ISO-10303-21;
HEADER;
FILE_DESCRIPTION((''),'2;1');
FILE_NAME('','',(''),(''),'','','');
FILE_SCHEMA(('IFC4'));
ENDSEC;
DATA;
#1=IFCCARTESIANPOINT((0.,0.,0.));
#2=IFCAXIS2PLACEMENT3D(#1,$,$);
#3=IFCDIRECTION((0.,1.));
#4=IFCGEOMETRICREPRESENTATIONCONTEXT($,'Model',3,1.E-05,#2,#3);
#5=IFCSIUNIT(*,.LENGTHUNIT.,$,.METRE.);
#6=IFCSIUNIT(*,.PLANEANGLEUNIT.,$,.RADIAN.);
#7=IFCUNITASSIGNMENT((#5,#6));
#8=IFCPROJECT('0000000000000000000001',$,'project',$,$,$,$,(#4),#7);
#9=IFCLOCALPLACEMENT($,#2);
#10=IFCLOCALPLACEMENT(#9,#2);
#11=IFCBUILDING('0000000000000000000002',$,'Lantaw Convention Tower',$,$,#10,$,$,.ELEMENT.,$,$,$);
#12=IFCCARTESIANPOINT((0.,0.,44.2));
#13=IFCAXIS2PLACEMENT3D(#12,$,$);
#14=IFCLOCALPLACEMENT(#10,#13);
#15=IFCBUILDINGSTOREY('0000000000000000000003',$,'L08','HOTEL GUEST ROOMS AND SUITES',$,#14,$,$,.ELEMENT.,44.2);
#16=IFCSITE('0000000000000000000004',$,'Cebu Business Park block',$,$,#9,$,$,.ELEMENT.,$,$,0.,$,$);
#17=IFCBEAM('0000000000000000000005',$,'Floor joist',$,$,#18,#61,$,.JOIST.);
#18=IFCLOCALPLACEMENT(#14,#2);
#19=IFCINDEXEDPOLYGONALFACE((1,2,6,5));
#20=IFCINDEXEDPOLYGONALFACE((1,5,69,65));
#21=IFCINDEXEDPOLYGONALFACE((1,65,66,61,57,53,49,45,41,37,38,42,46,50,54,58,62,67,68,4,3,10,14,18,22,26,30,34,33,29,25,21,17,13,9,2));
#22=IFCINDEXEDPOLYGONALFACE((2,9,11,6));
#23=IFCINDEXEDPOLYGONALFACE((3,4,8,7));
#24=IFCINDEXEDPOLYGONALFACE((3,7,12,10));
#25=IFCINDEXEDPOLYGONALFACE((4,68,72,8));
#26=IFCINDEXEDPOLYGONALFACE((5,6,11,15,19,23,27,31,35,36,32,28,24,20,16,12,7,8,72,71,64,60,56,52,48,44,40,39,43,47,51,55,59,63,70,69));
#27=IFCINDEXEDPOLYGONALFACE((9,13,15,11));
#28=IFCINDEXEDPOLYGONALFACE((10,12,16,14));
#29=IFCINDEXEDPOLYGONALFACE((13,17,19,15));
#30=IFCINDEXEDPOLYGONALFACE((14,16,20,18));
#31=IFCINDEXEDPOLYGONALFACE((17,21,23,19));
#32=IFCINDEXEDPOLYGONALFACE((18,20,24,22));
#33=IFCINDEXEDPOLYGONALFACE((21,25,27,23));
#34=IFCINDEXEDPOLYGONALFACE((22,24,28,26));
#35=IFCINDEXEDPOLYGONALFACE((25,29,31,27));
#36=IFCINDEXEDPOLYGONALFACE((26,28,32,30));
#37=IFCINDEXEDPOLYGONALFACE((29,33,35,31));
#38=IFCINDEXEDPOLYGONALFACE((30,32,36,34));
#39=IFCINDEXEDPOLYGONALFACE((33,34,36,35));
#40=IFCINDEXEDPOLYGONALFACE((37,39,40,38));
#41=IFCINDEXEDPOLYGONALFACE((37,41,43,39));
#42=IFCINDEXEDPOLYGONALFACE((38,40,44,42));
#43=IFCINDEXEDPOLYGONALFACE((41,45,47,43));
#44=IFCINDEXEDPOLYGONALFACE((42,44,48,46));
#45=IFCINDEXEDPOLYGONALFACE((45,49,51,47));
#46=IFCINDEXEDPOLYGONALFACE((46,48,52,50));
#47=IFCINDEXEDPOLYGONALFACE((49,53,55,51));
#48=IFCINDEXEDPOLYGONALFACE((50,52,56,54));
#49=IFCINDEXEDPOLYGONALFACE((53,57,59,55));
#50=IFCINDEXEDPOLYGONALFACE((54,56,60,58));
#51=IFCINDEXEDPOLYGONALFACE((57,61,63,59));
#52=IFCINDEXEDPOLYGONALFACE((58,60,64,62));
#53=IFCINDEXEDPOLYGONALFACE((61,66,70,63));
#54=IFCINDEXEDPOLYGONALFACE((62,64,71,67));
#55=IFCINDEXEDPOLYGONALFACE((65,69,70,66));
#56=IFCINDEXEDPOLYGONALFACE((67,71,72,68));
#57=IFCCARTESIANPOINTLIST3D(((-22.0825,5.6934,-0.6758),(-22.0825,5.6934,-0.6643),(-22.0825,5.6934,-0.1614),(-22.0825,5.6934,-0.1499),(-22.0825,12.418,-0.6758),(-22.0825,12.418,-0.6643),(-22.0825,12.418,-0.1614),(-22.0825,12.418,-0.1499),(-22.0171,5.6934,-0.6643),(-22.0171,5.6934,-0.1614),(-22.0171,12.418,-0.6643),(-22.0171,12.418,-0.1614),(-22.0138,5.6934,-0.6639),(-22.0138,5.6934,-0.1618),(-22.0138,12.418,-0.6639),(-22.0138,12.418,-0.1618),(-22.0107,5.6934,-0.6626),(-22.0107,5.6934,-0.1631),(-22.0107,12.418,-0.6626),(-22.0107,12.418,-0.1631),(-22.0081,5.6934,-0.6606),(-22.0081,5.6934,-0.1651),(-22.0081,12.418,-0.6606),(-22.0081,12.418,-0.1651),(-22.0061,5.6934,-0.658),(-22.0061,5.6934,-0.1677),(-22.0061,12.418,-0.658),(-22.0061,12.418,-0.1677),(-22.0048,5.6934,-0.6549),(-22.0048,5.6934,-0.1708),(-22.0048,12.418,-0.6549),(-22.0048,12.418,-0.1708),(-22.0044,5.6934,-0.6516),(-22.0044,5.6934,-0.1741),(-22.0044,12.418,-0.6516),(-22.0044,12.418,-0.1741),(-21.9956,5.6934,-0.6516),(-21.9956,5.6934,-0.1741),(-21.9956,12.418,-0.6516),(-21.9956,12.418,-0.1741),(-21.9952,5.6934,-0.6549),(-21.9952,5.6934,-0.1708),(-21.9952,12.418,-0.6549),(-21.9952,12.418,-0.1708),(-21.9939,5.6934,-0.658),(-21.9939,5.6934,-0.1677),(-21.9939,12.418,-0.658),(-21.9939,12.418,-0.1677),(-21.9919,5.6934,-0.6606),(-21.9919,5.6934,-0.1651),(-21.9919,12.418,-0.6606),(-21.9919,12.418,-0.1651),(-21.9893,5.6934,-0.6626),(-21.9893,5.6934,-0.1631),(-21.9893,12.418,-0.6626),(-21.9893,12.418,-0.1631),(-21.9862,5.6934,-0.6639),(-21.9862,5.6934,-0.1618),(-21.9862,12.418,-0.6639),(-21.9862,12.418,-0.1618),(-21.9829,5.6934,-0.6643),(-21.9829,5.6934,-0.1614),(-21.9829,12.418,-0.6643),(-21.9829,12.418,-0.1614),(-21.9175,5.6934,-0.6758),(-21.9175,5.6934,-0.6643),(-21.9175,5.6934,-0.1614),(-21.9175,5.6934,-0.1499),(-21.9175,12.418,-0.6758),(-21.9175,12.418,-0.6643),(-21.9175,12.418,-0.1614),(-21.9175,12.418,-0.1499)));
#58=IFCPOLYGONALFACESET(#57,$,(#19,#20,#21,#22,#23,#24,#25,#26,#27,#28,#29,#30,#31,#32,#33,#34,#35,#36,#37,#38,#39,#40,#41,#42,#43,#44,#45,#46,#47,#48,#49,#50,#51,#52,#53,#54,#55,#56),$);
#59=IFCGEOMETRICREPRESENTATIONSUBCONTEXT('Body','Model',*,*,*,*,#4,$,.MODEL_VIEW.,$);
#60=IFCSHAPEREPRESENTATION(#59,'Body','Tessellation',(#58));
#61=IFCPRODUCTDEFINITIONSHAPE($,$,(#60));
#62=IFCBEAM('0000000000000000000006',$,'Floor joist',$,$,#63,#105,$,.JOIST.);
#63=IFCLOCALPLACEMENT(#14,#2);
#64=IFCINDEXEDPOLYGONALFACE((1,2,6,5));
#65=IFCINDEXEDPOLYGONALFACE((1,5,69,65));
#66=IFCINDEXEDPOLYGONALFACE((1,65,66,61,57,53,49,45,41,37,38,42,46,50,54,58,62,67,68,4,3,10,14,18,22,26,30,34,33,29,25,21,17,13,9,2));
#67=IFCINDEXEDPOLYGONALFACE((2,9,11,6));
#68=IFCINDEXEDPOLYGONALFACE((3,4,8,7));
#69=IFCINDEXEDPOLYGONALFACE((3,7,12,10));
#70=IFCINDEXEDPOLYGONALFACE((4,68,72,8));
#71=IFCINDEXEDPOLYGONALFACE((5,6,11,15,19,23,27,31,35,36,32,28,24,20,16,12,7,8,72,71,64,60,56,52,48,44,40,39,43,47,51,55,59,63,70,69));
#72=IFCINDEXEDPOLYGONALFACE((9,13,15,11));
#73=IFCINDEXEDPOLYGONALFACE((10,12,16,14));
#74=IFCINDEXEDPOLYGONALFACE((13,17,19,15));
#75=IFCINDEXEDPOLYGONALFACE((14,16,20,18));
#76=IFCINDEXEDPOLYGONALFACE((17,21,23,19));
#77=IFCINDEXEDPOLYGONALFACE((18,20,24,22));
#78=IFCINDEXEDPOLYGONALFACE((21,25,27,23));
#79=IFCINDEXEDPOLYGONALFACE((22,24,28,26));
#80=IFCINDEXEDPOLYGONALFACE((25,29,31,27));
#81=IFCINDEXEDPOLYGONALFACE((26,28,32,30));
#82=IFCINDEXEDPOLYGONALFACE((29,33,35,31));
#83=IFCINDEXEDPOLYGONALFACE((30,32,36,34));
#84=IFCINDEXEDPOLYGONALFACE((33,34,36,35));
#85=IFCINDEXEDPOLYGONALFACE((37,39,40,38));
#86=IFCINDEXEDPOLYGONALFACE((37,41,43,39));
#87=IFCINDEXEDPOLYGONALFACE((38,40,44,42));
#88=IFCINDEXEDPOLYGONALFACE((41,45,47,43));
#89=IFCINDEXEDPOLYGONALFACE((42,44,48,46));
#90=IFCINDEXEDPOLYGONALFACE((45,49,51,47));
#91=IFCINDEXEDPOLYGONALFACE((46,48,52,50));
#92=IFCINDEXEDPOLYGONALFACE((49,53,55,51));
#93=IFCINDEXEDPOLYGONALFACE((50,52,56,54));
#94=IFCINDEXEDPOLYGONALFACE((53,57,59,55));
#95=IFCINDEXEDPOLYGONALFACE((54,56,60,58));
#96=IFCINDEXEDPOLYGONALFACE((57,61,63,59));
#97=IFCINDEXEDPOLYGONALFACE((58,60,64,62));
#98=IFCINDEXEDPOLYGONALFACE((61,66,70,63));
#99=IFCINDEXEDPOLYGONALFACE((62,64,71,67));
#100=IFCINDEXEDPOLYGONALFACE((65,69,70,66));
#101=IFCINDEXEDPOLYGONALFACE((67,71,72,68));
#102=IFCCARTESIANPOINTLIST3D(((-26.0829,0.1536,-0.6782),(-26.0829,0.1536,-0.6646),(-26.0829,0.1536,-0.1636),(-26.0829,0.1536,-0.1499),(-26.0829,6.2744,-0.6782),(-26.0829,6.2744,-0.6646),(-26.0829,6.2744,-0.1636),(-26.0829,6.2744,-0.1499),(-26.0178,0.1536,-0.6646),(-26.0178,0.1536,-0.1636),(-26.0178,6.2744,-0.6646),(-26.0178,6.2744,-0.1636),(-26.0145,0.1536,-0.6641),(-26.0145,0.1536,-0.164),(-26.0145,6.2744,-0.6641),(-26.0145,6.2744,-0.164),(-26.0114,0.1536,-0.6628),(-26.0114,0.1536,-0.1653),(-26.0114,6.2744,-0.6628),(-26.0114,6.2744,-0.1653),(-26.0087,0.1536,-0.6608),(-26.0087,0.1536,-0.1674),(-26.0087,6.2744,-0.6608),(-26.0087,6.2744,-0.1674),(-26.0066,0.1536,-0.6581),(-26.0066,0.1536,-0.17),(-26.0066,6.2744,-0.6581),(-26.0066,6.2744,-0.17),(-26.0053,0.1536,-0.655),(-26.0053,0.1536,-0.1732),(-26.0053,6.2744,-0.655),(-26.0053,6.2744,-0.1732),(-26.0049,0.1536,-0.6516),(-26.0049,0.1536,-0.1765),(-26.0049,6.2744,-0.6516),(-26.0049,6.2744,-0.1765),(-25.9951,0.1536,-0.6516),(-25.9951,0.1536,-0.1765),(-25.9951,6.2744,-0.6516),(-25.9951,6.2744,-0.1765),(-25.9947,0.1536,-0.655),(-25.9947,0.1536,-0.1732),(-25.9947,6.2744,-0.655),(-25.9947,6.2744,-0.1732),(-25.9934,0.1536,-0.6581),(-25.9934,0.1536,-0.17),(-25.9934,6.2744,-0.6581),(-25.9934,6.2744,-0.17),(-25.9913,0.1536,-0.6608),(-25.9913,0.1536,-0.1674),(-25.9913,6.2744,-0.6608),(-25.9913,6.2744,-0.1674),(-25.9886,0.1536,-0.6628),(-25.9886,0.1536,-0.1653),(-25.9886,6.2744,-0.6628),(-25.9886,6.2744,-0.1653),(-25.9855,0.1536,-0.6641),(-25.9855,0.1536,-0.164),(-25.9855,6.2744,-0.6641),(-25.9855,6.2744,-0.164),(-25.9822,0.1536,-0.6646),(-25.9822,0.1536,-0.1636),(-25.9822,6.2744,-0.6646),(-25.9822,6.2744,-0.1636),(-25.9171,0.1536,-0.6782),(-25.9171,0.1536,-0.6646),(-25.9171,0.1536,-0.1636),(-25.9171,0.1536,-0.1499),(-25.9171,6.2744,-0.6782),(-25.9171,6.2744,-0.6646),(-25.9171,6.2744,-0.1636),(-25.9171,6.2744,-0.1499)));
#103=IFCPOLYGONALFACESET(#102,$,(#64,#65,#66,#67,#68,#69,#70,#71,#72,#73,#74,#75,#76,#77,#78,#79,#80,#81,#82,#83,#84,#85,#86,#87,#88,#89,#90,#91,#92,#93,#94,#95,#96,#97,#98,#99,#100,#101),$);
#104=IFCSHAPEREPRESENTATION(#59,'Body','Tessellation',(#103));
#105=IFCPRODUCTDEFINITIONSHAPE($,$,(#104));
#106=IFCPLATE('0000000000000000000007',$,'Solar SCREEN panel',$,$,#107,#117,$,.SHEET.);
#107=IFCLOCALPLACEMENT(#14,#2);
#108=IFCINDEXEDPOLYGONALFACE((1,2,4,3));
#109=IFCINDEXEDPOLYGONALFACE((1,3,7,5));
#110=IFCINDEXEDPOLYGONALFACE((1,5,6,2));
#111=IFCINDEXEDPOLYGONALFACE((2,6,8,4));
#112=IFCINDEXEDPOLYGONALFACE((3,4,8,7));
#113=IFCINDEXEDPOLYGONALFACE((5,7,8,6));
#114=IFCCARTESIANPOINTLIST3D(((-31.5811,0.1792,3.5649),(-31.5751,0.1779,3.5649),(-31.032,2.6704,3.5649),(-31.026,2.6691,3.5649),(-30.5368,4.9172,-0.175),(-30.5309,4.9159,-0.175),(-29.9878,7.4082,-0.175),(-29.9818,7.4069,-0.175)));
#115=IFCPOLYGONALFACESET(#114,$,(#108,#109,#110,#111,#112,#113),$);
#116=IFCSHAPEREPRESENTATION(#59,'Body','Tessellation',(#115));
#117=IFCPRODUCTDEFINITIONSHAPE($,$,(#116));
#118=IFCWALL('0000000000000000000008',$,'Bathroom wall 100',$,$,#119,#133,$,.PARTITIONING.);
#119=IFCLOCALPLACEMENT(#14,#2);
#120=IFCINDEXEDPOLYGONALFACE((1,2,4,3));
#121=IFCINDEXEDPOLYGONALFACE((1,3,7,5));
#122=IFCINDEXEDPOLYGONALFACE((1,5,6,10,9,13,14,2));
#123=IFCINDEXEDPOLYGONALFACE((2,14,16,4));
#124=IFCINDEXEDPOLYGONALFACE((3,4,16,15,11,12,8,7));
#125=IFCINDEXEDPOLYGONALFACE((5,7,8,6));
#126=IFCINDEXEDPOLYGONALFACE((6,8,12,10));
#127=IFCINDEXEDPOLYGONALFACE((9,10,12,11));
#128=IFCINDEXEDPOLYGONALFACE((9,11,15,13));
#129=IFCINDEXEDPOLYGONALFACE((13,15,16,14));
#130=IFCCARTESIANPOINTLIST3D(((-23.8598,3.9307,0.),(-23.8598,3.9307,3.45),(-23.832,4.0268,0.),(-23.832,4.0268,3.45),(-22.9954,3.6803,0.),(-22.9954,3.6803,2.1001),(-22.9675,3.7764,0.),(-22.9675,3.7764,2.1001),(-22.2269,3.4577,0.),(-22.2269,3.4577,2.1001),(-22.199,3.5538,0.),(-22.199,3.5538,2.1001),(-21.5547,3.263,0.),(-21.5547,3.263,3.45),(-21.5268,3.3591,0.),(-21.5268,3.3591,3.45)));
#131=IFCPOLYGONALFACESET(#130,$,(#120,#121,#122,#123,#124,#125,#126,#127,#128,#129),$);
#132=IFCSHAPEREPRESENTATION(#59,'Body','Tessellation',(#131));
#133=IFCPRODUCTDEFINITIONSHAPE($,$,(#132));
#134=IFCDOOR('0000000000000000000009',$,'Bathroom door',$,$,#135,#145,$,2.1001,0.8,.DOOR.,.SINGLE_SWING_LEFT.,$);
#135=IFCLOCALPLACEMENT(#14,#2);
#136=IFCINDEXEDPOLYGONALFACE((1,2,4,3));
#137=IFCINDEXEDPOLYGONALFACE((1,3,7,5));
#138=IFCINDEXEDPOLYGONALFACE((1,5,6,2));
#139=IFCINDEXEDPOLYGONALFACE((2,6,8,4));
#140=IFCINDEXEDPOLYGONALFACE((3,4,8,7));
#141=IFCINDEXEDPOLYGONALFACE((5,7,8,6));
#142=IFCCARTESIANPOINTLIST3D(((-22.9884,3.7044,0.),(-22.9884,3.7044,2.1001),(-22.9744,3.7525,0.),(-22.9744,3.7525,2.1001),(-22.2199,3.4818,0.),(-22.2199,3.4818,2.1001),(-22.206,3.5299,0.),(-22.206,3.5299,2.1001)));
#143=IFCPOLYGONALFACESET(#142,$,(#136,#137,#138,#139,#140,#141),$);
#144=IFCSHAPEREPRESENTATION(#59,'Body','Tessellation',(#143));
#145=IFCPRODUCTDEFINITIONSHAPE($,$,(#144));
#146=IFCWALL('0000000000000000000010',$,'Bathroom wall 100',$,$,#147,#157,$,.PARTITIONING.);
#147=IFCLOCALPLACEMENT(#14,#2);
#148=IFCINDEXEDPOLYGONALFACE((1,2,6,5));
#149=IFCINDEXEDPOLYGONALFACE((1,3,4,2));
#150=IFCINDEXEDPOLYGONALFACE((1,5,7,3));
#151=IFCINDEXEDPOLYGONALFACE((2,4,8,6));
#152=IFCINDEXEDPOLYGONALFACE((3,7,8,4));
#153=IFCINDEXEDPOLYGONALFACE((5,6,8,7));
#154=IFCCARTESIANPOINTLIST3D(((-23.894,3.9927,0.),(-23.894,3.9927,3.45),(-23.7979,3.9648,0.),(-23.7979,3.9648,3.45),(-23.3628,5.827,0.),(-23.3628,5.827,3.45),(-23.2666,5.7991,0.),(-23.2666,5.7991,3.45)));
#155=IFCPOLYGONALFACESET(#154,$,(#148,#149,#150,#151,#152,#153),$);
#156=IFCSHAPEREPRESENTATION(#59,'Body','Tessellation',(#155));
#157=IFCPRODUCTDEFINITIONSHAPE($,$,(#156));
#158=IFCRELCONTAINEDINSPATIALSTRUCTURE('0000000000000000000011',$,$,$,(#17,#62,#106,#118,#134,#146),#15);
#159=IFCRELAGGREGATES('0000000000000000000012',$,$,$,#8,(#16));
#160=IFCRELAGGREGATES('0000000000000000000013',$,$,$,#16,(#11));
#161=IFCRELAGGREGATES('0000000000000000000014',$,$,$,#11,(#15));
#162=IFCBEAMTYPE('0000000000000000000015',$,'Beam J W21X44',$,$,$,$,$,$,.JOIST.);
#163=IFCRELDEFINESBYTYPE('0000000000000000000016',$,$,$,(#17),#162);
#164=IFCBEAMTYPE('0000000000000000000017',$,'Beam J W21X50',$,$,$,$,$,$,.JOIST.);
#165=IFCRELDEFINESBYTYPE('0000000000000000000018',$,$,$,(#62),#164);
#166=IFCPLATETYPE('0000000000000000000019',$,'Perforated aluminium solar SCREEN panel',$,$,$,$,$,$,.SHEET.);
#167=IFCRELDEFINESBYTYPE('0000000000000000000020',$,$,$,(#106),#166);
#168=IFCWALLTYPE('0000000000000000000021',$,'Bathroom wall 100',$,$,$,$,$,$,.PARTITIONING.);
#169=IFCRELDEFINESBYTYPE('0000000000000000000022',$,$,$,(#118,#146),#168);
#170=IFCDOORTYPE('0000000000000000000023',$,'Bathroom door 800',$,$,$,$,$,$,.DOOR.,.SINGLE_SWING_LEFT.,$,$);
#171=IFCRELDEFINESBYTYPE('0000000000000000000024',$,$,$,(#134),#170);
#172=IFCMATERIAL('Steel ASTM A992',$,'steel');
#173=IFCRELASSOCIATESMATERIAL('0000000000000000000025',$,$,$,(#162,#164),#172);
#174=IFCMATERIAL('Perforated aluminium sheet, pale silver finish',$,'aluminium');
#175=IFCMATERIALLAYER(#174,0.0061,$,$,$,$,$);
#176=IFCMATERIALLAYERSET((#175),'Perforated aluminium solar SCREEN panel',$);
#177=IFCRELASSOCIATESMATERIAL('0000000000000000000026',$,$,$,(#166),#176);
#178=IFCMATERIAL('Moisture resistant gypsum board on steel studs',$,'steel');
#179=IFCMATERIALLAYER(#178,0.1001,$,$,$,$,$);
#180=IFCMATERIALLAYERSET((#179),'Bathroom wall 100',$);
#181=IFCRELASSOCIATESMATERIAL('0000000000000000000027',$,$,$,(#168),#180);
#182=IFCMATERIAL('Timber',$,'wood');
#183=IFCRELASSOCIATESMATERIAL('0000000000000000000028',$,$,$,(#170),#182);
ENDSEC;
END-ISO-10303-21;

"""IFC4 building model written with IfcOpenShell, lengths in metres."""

from ifc_helpers import new_model, si_unit, direction, frame, frame_2d, origin, origin_2d, place, context, subcontext, project, spatial, polyline, rectangle, i_section, outline, extrude, material, layer, layer_set, material_profile, profile_set, type_object, element, fill, save


model = new_model("IFC4")

# Units and contexts
model_context = context("Model", 3, precision=1e-05, world=origin(), true_north=direction((0.0, 1.0)))
body_context = subcontext(model_context, "Body", "Model", "MODEL_VIEW")
ifc_project = project(units=[si_unit("LENGTHUNIT", "METRE"), si_unit("PLANEANGLEUNIT", "RADIAN")], contexts=[model_context])

# Site, building, storey
site_placement = place(None, origin())
site = spatial("IfcSite", under=ifc_project, at=site_placement, Name="Cebu Business Park block", CompositionType="ELEMENT", RefElevation=0.0)
building_placement = place(site_placement, origin())
building = spatial("IfcBuilding", under=site, at=building_placement, Name="Lantaw Convention Tower", CompositionType="ELEMENT")
storey_placement = place(building_placement, frame((0.0, 0.0, 44.2)))
storey = spatial("IfcBuildingStorey", under=building, at=storey_placement, Name="L08", Description="HOTEL GUEST ROOMS AND SUITES", CompositionType="ELEMENT", Elevation=44.2)

# Beams
ifc_material_1 = material(Name="Steel ASTM A992", Category="steel")
ifc_material_profile_1 = material_profile(ifc_material_1, i_section(OverallWidth=0.165, OverallDepth=0.5259, WebThickness=0.0088, FlangeThickness=0.0115, FilletRadius=0.0127, at=origin_2d()), Name="W21X44")
ifc_profile_set_1 = profile_set([ifc_material_profile_1], Name="Steel ASTM A992")
beam_type_1 = type_object("IfcBeamType", Name="Beam J W21X44", PredefinedType="JOIST", material=ifc_profile_set_1)
beam_1_placement = place(storey_placement, frame((-22.0, 5.6934, -0.4128), z_axis=(0.0, 1.0, 0.0), x_axis=(-1.0, 0.0, 0.0)))
element("IfcBeam", 1, at=beam_1_placement, inside=storey, type_object=beam_type_1, Name="Floor joist", PredefinedType="JOIST", context=body_context, shape_type="SweptSolid", body=[
    extrude(i_section(OverallWidth=0.165, OverallDepth=0.5259, WebThickness=0.0088, FlangeThickness=0.0115, FilletRadius=0.0127, at=origin_2d()), origin(), (0.0, 0.0, 1.0), 6.7246),
])
ifc_material_profile_2 = material_profile(ifc_material_1, i_section(OverallWidth=0.1658, OverallDepth=0.5283, WebThickness=0.0098, FlangeThickness=0.0137, FilletRadius=0.0129, at=origin_2d()), Name="W21X50")
ifc_profile_set_2 = profile_set([ifc_material_profile_2], Name="Steel ASTM A992")
beam_type_2 = type_object("IfcBeamType", Name="Beam J W21X50", PredefinedType="JOIST", material=ifc_profile_set_2)
beam_2_placement = place(storey_placement, frame((-26.0, 0.1536, -0.4141), z_axis=(0.0, 1.0, 0.0), x_axis=(-1.0, 0.0, 0.0)))
element("IfcBeam", 2, at=beam_2_placement, inside=storey, type_object=beam_type_2, Name="Floor joist", PredefinedType="JOIST", context=body_context, shape_type="SweptSolid", body=[
    extrude(i_section(OverallWidth=0.1658, OverallDepth=0.5283, WebThickness=0.0098, FlangeThickness=0.0137, FilletRadius=0.0129, at=origin_2d()), origin(), (0.0, 0.0, 1.0), 6.1208),
])

# Plate
ifc_material_2 = material(Name="Perforated aluminium sheet, pale silver finish", Category="aluminium")
ifc_layer_1 = layer(ifc_material_2, 0.0061)
ifc_layer_set_1 = layer_set([ifc_layer_1], Name="Perforated aluminium solar SCREEN panel")
plate_type = type_object("IfcPlateType", Name="Perforated aluminium solar SCREEN panel", PredefinedType="SHEET", material=ifc_layer_set_1)
plate_placement = place(storey_placement, frame((-29.9878, 7.4082, -0.175), z_axis=(-0.976559, 0.215248, 0.00003), x_axis=(-0.215248, -0.976559, 0.0)))
element("IfcPlate", 3, at=plate_placement, inside=storey, type_object=plate_type, Name="Solar SCREEN panel", PredefinedType="SHEET", context=body_context, shape_type="SweptSolid", body=[
    extrude(outline(polyline([(0.0, 0.0), (2.5508, 0.0), (7.4025, 3.74), (4.8515, 3.74), (0.0, 0.0)])), origin(), (0.0, 0.0, -1.0), 0.0061),
])

# Wall, opening, door
ifc_material_3 = material(Name="Moisture resistant gypsum board on steel studs", Category="steel")
ifc_layer_2 = layer(ifc_material_3, 0.1001)
ifc_layer_set_2 = layer_set([ifc_layer_2], Name="Bathroom wall 100")
wall_type_1 = type_object("IfcWallType", Name="Bathroom wall 100", PredefinedType="PARTITIONING", material=ifc_layer_set_2)
wall_1_placement = place(storey_placement, frame((-21.5408, 3.311, 0.0), z_axis=(0.0, 0.0, 1.0), x_axis=(-0.960516, 0.278226, 0.0)))
wall_1 = element("IfcWall", 4, at=wall_1_placement, inside=storey, type_object=wall_type_1, Name="Bathroom wall 100", PredefinedType="PARTITIONING", context=body_context, shape_type="SweptSolid", body=[
    extrude(rectangle(XDim=2.3999, YDim=0.1001, at=frame_2d((1.2, 0.0))), origin(), (0.0, 0.0, 1.0), 3.45),
])
opening_1_placement = place(wall_1_placement, frame((0.7, 0.0, 0.0)))
opening_1 = element("IfcOpeningElement", 5, at=opening_1_placement, cuts=wall_1, PredefinedType="OPENING", context=body_context, shape_type="SweptSolid", body=[
    extrude(rectangle(XDim=0.8, YDim=2.1001, at=frame_2d((0.3999, 1.05))), frame((0.0, 0.0601, 0.0), z_axis=(0.0, -1.0, 0.0), x_axis=(1.0, 0.0, 0.0)), (0.0, 0.0, 1.0), 0.1201),
])
ifc_material_4 = material(Name="Timber", Category="wood")
door_type = type_object("IfcDoorType", Name="Bathroom door 800", OperationType="SINGLE_SWING_LEFT", PredefinedType="DOOR", material=ifc_material_4)
door_placement = place(opening_1_placement, origin())
door = element("IfcDoor", 6, at=door_placement, inside=storey, type_object=door_type, Name="Bathroom door", OperationType="SINGLE_SWING_LEFT", OverallHeight=2.1001, OverallWidth=0.8, PredefinedType="DOOR", context=body_context, shape_type="SweptSolid", body=[
    extrude(rectangle(XDim=0.8, YDim=2.1001, at=frame_2d((0.3999, 1.05))), frame((0.0, 0.0249, 0.0), z_axis=(0.0, -1.0, 0.0), x_axis=(1.0, 0.0, 0.0)), (0.0, 0.0, 1.0), 0.05),
])
fill(opening_1, door)

# Wall
wall_2_placement = place(storey_placement, frame((-23.8459, 3.9788, 0.0), z_axis=(0.0, 0.0, 1.0), x_axis=(0.278198, 0.960524, 0.0)))
element("IfcWall", 7, at=wall_2_placement, inside=storey, type_object=wall_type_1, Name="Bathroom wall 100", PredefinedType="PARTITIONING", context=body_context, shape_type="SweptSolid", body=[
    extrude(rectangle(XDim=1.9097, YDim=0.1001, at=frame_2d((0.9548, 0.0))), origin(), (0.0, 0.0, 1.0), 3.45),
])

save(model, "model.ifc")
